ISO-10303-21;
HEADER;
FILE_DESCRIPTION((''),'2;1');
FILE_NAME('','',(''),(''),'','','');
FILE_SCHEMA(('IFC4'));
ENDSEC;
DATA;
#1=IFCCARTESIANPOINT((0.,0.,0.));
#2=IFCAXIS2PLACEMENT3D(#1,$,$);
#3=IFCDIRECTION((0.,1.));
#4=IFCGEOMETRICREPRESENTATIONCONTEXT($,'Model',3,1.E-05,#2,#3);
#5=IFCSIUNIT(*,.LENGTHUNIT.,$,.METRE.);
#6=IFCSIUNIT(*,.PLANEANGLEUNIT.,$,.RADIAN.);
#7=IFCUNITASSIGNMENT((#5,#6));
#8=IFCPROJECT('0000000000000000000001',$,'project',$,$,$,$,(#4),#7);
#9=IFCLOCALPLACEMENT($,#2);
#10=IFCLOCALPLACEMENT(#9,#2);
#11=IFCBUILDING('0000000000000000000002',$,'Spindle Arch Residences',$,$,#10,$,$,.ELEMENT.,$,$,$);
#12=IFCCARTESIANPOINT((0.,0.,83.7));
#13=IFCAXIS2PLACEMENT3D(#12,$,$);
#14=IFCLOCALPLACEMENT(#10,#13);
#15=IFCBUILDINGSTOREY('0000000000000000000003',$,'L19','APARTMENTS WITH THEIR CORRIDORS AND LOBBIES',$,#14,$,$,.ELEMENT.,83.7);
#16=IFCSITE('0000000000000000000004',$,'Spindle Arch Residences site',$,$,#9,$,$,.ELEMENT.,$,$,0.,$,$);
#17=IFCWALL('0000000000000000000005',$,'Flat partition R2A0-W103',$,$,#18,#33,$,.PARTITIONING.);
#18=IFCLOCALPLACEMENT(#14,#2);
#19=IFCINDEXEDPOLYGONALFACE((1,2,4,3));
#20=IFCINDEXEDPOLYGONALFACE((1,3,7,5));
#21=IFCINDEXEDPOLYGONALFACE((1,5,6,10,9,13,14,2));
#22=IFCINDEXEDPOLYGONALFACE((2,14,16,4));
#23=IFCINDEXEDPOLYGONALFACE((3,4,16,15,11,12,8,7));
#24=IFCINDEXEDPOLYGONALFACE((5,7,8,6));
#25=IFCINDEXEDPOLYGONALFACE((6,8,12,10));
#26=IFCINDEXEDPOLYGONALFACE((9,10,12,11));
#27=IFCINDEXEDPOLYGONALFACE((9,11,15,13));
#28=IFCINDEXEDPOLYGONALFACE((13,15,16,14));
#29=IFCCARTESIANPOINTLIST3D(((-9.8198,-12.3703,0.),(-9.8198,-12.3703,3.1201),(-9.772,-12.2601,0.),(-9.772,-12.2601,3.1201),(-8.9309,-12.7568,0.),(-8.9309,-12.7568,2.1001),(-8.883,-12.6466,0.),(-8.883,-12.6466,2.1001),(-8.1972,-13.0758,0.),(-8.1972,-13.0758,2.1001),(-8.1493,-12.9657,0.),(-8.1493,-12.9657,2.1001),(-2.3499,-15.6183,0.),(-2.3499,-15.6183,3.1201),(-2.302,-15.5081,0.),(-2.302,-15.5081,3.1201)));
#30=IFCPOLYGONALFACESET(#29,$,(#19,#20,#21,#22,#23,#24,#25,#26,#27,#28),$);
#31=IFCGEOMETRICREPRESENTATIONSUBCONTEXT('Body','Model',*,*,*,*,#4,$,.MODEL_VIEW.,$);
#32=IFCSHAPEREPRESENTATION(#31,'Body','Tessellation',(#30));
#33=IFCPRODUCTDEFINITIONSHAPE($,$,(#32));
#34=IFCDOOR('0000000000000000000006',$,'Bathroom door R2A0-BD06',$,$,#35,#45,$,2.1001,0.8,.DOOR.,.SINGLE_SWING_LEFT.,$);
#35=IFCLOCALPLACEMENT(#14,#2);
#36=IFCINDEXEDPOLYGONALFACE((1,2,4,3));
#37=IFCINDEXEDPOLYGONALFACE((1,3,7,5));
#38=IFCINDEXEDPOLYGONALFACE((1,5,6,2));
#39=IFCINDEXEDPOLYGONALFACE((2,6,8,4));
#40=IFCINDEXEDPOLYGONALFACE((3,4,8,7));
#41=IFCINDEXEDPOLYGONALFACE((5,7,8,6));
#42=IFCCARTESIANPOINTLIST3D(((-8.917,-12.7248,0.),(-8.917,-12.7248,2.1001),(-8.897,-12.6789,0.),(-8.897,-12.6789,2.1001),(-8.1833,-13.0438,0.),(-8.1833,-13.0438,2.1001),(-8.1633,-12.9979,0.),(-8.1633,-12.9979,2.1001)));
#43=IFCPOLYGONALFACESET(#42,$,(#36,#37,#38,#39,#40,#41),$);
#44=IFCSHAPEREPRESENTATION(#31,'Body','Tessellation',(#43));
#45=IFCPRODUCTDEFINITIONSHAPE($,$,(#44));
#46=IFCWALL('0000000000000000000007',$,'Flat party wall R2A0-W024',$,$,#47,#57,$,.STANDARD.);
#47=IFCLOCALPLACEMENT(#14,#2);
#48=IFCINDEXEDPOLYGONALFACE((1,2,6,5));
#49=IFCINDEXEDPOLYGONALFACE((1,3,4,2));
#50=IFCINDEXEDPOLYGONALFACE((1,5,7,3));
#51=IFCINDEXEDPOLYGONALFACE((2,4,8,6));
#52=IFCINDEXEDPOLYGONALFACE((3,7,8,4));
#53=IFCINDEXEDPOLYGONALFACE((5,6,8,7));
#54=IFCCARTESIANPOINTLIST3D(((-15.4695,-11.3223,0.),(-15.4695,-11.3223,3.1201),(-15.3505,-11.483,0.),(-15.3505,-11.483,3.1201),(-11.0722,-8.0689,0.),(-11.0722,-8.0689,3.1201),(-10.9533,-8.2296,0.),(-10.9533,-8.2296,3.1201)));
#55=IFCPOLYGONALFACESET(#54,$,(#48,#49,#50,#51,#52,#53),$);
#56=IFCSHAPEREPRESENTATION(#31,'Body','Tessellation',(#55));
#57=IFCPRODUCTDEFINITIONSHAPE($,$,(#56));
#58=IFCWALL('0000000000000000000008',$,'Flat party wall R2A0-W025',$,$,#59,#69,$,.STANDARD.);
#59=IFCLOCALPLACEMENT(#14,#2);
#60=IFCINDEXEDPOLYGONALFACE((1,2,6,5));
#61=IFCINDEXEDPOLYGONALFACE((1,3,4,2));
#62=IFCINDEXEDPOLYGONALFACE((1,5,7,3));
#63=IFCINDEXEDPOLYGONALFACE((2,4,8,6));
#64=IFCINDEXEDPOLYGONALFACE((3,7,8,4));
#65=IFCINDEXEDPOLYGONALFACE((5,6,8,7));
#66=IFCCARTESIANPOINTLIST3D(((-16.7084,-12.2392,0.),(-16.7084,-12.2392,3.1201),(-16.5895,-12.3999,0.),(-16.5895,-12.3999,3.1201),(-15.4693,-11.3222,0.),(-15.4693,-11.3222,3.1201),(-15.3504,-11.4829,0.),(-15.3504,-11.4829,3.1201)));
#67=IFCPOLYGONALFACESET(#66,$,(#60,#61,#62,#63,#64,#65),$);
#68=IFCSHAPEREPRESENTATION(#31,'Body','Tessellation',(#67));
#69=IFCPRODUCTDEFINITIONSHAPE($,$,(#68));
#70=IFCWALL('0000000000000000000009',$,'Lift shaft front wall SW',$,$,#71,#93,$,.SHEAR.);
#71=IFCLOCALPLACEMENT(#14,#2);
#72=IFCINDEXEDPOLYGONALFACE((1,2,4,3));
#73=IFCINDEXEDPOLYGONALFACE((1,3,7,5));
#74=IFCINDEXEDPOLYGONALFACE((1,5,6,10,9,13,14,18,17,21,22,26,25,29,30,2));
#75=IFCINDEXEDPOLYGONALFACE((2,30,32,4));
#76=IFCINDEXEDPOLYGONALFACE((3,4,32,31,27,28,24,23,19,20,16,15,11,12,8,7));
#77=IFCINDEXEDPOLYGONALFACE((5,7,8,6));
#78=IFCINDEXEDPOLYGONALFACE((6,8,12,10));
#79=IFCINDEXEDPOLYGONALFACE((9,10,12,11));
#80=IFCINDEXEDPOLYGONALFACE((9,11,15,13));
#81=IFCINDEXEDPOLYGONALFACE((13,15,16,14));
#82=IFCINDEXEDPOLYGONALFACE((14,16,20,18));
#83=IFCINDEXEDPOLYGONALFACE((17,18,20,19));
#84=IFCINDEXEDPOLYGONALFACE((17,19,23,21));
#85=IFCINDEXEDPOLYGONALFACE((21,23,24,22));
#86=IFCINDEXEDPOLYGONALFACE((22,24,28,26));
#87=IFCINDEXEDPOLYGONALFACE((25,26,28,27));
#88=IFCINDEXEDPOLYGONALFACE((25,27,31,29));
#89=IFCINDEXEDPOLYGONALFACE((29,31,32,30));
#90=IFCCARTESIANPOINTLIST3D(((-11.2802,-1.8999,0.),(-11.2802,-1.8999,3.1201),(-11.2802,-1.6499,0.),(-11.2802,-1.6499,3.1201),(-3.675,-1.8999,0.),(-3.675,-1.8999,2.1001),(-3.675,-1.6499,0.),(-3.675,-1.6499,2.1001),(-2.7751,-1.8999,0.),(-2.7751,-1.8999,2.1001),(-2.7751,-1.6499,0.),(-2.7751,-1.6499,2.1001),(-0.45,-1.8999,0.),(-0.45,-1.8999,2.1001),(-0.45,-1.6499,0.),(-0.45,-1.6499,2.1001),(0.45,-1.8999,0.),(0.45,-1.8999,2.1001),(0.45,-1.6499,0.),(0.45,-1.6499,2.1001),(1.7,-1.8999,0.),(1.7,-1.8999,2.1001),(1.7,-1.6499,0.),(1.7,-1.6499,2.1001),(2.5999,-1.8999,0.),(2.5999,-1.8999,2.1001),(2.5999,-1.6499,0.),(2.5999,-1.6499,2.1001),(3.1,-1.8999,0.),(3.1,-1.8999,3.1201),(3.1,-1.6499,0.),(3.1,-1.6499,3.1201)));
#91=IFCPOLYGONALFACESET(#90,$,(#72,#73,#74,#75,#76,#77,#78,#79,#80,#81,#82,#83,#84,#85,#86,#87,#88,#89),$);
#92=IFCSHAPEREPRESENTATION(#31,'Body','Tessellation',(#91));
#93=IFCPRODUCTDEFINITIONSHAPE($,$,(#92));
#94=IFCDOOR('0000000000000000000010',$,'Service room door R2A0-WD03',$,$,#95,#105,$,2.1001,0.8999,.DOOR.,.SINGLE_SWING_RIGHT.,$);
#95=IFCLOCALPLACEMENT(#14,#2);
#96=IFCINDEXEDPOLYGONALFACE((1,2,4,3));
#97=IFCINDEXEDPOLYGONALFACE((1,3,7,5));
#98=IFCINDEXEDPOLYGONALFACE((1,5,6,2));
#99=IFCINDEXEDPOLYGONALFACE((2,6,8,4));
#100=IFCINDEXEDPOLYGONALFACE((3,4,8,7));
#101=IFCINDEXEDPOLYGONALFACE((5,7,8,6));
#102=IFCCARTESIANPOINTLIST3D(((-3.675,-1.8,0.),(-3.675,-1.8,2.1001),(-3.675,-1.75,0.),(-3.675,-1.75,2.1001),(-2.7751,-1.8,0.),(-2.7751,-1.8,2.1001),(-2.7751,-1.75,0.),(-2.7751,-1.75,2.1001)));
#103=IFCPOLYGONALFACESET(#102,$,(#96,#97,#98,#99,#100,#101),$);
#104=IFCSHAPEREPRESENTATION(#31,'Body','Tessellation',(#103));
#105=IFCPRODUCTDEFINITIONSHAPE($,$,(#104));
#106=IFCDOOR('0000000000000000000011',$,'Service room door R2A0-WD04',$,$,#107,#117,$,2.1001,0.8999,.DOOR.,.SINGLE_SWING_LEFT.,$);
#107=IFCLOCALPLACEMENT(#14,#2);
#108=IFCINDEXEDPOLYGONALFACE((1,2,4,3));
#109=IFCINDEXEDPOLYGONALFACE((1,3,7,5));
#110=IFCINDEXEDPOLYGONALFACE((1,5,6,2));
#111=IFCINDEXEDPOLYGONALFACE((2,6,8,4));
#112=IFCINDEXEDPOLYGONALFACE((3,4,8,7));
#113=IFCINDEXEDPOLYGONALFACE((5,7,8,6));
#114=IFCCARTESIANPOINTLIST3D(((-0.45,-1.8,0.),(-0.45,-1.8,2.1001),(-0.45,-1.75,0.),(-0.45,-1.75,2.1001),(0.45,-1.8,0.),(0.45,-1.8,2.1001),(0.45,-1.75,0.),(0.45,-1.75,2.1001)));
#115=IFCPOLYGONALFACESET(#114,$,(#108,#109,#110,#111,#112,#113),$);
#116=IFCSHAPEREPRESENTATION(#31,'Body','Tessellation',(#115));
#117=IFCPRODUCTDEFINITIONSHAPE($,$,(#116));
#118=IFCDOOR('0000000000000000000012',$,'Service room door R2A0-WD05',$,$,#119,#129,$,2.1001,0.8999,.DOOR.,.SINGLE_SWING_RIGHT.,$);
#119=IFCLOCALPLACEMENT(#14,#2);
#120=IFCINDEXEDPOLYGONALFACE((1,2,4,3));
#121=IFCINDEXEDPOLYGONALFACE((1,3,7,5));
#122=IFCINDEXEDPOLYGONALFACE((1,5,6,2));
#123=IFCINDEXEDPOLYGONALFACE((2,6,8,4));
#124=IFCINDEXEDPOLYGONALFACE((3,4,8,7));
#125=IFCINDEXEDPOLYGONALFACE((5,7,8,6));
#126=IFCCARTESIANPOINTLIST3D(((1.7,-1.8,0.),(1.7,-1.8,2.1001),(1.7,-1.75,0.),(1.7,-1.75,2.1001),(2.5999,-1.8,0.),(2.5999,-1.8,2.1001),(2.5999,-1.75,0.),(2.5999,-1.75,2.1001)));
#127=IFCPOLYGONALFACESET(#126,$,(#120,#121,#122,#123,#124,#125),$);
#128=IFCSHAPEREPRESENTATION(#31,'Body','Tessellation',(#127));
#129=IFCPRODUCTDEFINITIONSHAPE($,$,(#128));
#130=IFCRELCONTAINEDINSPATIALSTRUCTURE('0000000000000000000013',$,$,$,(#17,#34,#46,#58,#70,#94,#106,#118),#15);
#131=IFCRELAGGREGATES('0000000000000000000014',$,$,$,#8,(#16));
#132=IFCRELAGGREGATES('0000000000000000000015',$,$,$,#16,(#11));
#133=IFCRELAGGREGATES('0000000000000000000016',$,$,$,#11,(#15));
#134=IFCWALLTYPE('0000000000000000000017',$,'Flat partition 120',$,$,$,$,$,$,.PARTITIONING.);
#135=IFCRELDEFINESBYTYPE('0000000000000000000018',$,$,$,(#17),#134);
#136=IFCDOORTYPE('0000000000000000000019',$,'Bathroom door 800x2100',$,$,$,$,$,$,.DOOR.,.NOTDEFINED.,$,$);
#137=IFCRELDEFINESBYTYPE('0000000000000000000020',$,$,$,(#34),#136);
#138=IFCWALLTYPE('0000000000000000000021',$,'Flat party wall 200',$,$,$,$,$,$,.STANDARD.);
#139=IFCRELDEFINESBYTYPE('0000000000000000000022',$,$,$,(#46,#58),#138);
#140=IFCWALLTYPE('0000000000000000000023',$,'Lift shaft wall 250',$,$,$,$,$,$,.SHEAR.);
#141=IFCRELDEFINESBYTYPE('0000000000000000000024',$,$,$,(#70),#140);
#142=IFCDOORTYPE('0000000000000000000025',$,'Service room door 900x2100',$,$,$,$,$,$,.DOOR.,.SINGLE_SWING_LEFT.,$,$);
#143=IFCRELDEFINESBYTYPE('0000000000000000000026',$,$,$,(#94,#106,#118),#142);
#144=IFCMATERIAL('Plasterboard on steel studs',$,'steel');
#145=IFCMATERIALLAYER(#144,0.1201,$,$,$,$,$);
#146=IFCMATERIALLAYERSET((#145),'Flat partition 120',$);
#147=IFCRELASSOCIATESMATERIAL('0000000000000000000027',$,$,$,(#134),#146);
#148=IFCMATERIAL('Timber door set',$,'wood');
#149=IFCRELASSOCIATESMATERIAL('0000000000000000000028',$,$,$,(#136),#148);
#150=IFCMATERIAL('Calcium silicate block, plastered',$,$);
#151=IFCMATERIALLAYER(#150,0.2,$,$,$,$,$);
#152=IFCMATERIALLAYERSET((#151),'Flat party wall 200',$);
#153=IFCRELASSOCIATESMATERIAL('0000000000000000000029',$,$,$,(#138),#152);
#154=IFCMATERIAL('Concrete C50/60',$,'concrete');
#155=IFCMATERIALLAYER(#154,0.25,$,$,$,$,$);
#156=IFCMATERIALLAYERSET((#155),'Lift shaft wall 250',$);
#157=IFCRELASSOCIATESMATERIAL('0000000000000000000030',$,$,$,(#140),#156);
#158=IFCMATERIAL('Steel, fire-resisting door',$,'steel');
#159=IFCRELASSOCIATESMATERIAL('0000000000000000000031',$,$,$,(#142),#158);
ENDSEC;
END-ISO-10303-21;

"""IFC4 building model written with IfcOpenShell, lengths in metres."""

from ifc_helpers import new_model, si_unit, direction, frame, frame_2d, origin, place, context, subcontext, project, spatial, rectangle, extrude, material, layer, layer_set, type_object, element, fill, save


model = new_model("IFC4")

# Units and contexts
model_context = context("Model", 3, precision=1e-05, world=origin(), true_north=direction((0.0, 1.0)))
body_context = subcontext(model_context, "Body", "Model", "MODEL_VIEW")
ifc_project = project(units=[si_unit("LENGTHUNIT", "METRE"), si_unit("PLANEANGLEUNIT", "RADIAN")], contexts=[model_context])

# Site, building, storey
site_placement = place(None, origin())
site = spatial("IfcSite", under=ifc_project, at=site_placement, Name="Spindle Arch Residences site", CompositionType="ELEMENT", RefElevation=0.0)
building_placement = place(site_placement, origin())
building = spatial("IfcBuilding", under=site, at=building_placement, Name="Spindle Arch Residences", CompositionType="ELEMENT")
storey_placement = place(building_placement, frame((0.0, 0.0, 83.7)))
storey = spatial("IfcBuildingStorey", under=building, at=storey_placement, Name="L19", Description="APARTMENTS WITH THEIR CORRIDORS AND LOBBIES", CompositionType="ELEMENT", Elevation=83.7)

# Shared definitions
ifc_material_1 = material(Name="Plasterboard on steel studs", Category="steel")
ifc_layer_1 = layer(ifc_material_1, 0.1201)
ifc_layer_set_1 = layer_set([ifc_layer_1], Name="Flat partition 120")
wall_type_1 = type_object("IfcWallType", Name="Flat partition 120", PredefinedType="PARTITIONING", material=ifc_layer_set_1)

# Wall, opening, door
wall_1_placement = place(storey_placement, frame((-9.7959, -12.3152, 0.0), z_axis=(0.0, 0.0, 1.0), x_axis=(0.91706, -0.39875, 0.0)))
wall_1 = element("IfcWall", 1, at=wall_1_placement, inside=storey, type_object=wall_type_1, Name="Flat partition R2A0-W103", PredefinedType="PARTITIONING", context=body_context, shape_type="SweptSolid", body=[
    extrude(rectangle(XDim=8.1455, YDim=0.1201, at=frame_2d((4.0728, 0.0))), origin(), (0.0, 0.0, 1.0), 3.1201),
])
opening_1_placement = place(wall_1_placement, frame((0.9695, 0.0, 0.0)))
opening_1 = element("IfcOpeningElement", 2, at=opening_1_placement, cuts=wall_1, PredefinedType="OPENING", context=body_context, shape_type="SweptSolid", body=[
    extrude(rectangle(XDim=0.8, YDim=2.1001, at=frame_2d((0.3999, 1.05))), frame((0.0, 0.0701, 0.0), z_axis=(0.0, -1.0, 0.0), x_axis=(1.0, 0.0, 0.0)), (0.0, 0.0, 1.0), 0.1401),
])
ifc_material_2 = material(Name="Timber door set", Category="wood")
door_type_1 = type_object("IfcDoorType", Name="Bathroom door 800x2100", OperationType="NOTDEFINED", PredefinedType="DOOR", material=ifc_material_2)
door_1_placement = place(opening_1_placement, origin())
door_1 = element("IfcDoor", 3, at=door_1_placement, inside=storey, type_object=door_type_1, Name="Bathroom door R2A0-BD06", OperationType="SINGLE_SWING_LEFT", OverallHeight=2.1001, OverallWidth=0.8, PredefinedType="DOOR", context=body_context, shape_type="SweptSolid", body=[
    extrude(rectangle(XDim=0.8, YDim=2.1001, at=frame_2d((0.3999, 1.05))), frame((0.0, 0.0249, 0.0), z_axis=(0.0, -1.0, 0.0), x_axis=(1.0, 0.0, 0.0)), (0.0, 0.0, 1.0), 0.05),
])
fill(opening_1, door_1)

# Walls
ifc_material_3 = material(Name="Calcium silicate block, plastered")
ifc_layer_2 = layer(ifc_material_3, 0.2)
ifc_layer_set_2 = layer_set([ifc_layer_2], Name="Flat party wall 200")
wall_type_2 = type_object("IfcWallType", Name="Flat party wall 200", PredefinedType="STANDARD", material=ifc_layer_set_2)
wall_2_placement = place(storey_placement, frame((-15.4099, -11.4026, 0.0), z_axis=(0.0, 0.0, 1.0), x_axis=(0.803888, 0.594781, 0.0)))
element("IfcWall", 4, at=wall_2_placement, inside=storey, type_object=wall_type_2, Name="Flat party wall R2A0-W024", PredefinedType="STANDARD", context=body_context, shape_type="SweptSolid", body=[
    extrude(rectangle(XDim=5.47, YDim=0.2, at=frame_2d((2.7349, 0.0))), origin(), (0.0, 0.0, 1.0), 3.1201),
])
wall_3_placement = place(storey_placement, frame((-16.6489, -12.3196, 0.0), z_axis=(0.0, 0.0, 1.0), x_axis=(0.803804, 0.594894, 0.0)))
element("IfcWall", 5, at=wall_3_placement, inside=storey, type_object=wall_type_2, Name="Flat party wall R2A0-W025", PredefinedType="STANDARD", context=body_context, shape_type="SweptSolid", body=[
    extrude(rectangle(XDim=1.5415, YDim=0.2, at=frame_2d((0.7708, 0.0))), origin(), (0.0, 0.0, 1.0), 3.1201),
])

# Wall, openings, doors
ifc_material_4 = material(Name="Concrete C50/60", Category="concrete")
ifc_layer_3 = layer(ifc_material_4, 0.25)
ifc_layer_set_3 = layer_set([ifc_layer_3], Name="Lift shaft wall 250")
wall_type_3 = type_object("IfcWallType", Name="Lift shaft wall 250", PredefinedType="SHEAR", material=ifc_layer_set_3)
wall_4_placement = place(storey_placement, frame((-11.28, -1.7749, 0.0), z_axis=(0.0, 0.0, 1.0), x_axis=(1.0, 0.0, 0.0)))
wall_4 = element("IfcWall", 6, at=wall_4_placement, inside=storey, type_object=wall_type_3, Name="Lift shaft front wall SW", PredefinedType="SHEAR", context=body_context, shape_type="SweptSolid", body=[
    extrude(rectangle(XDim=14.3801, YDim=0.25, at=frame_2d((7.1899, 0.0))), origin(), (0.0, 0.0, 1.0), 3.1201),
])
opening_2_placement = place(wall_4_placement, frame((7.605, 0.0, 0.0)))
opening_2 = element("IfcOpeningElement", 7, at=opening_2_placement, cuts=wall_4, PredefinedType="OPENING", context=body_context, shape_type="SweptSolid", body=[
    extrude(rectangle(XDim=0.8999, YDim=2.1001, at=frame_2d((0.45, 1.05))), frame((0.0, 0.135, 0.0), z_axis=(0.0, -1.0, 0.0), x_axis=(1.0, 0.0, 0.0)), (0.0, 0.0, 1.0), 0.27),
])
opening_3_placement = place(wall_4_placement, frame((10.8301, 0.0, 0.0)))
opening_3 = element("IfcOpeningElement", 8, at=opening_3_placement, cuts=wall_4, PredefinedType="OPENING", context=body_context, shape_type="SweptSolid", body=[
    extrude(rectangle(XDim=0.8999, YDim=2.1001, at=frame_2d((0.45, 1.05))), frame((0.0, 0.135, 0.0), z_axis=(0.0, -1.0, 0.0), x_axis=(1.0, 0.0, 0.0)), (0.0, 0.0, 1.0), 0.27),
])
opening_4_placement = place(wall_4_placement, frame((12.98, 0.0, 0.0)))
opening_4 = element("IfcOpeningElement", 9, at=opening_4_placement, cuts=wall_4, PredefinedType="OPENING", context=body_context, shape_type="SweptSolid", body=[
    extrude(rectangle(XDim=0.8999, YDim=2.1001, at=frame_2d((0.45, 1.05))), frame((0.0, 0.135, 0.0), z_axis=(0.0, -1.0, 0.0), x_axis=(1.0, 0.0, 0.0)), (0.0, 0.0, 1.0), 0.27),
])
ifc_material_5 = material(Name="Steel, fire-resisting door", Category="steel")
door_type_2 = type_object("IfcDoorType", Name="Service room door 900x2100", OperationType="SINGLE_SWING_LEFT", PredefinedType="DOOR", material=ifc_material_5)
door_2_placement = place(opening_2_placement, origin())
door_2 = element("IfcDoor", 10, at=door_2_placement, inside=storey, type_object=door_type_2, Name="Service room door R2A0-WD03", OperationType="SINGLE_SWING_RIGHT", OverallHeight=2.1001, OverallWidth=0.8999, PredefinedType="DOOR", context=body_context, shape_type="SweptSolid", body=[
    extrude(rectangle(XDim=0.8999, YDim=2.1001, at=frame_2d((0.45, 1.05))), frame((0.0, 0.0249, 0.0), z_axis=(0.0, -1.0, 0.0), x_axis=(1.0, 0.0, 0.0)), (0.0, 0.0, 1.0), 0.05),
])
fill(opening_2, door_2)
door_3_placement = place(opening_3_placement, origin())
door_3 = element("IfcDoor", 11, at=door_3_placement, inside=storey, type_object=door_type_2, Name="Service room door R2A0-WD04", OperationType="SINGLE_SWING_LEFT", OverallHeight=2.1001, OverallWidth=0.8999, PredefinedType="DOOR", context=body_context, shape_type="SweptSolid", body=[
    extrude(rectangle(XDim=0.8999, YDim=2.1001, at=frame_2d((0.45, 1.05))), frame((0.0, 0.0249, 0.0), z_axis=(0.0, -1.0, 0.0), x_axis=(1.0, 0.0, 0.0)), (0.0, 0.0, 1.0), 0.05),
])
fill(opening_3, door_3)
door_4_placement = place(opening_4_placement, origin())
door_4 = element("IfcDoor", 12, at=door_4_placement, inside=storey, type_object=door_type_2, Name="Service room door R2A0-WD05", OperationType="SINGLE_SWING_RIGHT", OverallHeight=2.1001, OverallWidth=0.8999, PredefinedType="DOOR", context=body_context, shape_type="SweptSolid", body=[
    extrude(rectangle(XDim=0.8999, YDim=2.1001, at=frame_2d((0.45, 1.05))), frame((0.0, 0.0249, 0.0), z_axis=(0.0, -1.0, 0.0), x_axis=(1.0, 0.0, 0.0)), (0.0, 0.0, 1.0), 0.05),
])
fill(opening_4, door_4)

save(model, "model.ifc")
